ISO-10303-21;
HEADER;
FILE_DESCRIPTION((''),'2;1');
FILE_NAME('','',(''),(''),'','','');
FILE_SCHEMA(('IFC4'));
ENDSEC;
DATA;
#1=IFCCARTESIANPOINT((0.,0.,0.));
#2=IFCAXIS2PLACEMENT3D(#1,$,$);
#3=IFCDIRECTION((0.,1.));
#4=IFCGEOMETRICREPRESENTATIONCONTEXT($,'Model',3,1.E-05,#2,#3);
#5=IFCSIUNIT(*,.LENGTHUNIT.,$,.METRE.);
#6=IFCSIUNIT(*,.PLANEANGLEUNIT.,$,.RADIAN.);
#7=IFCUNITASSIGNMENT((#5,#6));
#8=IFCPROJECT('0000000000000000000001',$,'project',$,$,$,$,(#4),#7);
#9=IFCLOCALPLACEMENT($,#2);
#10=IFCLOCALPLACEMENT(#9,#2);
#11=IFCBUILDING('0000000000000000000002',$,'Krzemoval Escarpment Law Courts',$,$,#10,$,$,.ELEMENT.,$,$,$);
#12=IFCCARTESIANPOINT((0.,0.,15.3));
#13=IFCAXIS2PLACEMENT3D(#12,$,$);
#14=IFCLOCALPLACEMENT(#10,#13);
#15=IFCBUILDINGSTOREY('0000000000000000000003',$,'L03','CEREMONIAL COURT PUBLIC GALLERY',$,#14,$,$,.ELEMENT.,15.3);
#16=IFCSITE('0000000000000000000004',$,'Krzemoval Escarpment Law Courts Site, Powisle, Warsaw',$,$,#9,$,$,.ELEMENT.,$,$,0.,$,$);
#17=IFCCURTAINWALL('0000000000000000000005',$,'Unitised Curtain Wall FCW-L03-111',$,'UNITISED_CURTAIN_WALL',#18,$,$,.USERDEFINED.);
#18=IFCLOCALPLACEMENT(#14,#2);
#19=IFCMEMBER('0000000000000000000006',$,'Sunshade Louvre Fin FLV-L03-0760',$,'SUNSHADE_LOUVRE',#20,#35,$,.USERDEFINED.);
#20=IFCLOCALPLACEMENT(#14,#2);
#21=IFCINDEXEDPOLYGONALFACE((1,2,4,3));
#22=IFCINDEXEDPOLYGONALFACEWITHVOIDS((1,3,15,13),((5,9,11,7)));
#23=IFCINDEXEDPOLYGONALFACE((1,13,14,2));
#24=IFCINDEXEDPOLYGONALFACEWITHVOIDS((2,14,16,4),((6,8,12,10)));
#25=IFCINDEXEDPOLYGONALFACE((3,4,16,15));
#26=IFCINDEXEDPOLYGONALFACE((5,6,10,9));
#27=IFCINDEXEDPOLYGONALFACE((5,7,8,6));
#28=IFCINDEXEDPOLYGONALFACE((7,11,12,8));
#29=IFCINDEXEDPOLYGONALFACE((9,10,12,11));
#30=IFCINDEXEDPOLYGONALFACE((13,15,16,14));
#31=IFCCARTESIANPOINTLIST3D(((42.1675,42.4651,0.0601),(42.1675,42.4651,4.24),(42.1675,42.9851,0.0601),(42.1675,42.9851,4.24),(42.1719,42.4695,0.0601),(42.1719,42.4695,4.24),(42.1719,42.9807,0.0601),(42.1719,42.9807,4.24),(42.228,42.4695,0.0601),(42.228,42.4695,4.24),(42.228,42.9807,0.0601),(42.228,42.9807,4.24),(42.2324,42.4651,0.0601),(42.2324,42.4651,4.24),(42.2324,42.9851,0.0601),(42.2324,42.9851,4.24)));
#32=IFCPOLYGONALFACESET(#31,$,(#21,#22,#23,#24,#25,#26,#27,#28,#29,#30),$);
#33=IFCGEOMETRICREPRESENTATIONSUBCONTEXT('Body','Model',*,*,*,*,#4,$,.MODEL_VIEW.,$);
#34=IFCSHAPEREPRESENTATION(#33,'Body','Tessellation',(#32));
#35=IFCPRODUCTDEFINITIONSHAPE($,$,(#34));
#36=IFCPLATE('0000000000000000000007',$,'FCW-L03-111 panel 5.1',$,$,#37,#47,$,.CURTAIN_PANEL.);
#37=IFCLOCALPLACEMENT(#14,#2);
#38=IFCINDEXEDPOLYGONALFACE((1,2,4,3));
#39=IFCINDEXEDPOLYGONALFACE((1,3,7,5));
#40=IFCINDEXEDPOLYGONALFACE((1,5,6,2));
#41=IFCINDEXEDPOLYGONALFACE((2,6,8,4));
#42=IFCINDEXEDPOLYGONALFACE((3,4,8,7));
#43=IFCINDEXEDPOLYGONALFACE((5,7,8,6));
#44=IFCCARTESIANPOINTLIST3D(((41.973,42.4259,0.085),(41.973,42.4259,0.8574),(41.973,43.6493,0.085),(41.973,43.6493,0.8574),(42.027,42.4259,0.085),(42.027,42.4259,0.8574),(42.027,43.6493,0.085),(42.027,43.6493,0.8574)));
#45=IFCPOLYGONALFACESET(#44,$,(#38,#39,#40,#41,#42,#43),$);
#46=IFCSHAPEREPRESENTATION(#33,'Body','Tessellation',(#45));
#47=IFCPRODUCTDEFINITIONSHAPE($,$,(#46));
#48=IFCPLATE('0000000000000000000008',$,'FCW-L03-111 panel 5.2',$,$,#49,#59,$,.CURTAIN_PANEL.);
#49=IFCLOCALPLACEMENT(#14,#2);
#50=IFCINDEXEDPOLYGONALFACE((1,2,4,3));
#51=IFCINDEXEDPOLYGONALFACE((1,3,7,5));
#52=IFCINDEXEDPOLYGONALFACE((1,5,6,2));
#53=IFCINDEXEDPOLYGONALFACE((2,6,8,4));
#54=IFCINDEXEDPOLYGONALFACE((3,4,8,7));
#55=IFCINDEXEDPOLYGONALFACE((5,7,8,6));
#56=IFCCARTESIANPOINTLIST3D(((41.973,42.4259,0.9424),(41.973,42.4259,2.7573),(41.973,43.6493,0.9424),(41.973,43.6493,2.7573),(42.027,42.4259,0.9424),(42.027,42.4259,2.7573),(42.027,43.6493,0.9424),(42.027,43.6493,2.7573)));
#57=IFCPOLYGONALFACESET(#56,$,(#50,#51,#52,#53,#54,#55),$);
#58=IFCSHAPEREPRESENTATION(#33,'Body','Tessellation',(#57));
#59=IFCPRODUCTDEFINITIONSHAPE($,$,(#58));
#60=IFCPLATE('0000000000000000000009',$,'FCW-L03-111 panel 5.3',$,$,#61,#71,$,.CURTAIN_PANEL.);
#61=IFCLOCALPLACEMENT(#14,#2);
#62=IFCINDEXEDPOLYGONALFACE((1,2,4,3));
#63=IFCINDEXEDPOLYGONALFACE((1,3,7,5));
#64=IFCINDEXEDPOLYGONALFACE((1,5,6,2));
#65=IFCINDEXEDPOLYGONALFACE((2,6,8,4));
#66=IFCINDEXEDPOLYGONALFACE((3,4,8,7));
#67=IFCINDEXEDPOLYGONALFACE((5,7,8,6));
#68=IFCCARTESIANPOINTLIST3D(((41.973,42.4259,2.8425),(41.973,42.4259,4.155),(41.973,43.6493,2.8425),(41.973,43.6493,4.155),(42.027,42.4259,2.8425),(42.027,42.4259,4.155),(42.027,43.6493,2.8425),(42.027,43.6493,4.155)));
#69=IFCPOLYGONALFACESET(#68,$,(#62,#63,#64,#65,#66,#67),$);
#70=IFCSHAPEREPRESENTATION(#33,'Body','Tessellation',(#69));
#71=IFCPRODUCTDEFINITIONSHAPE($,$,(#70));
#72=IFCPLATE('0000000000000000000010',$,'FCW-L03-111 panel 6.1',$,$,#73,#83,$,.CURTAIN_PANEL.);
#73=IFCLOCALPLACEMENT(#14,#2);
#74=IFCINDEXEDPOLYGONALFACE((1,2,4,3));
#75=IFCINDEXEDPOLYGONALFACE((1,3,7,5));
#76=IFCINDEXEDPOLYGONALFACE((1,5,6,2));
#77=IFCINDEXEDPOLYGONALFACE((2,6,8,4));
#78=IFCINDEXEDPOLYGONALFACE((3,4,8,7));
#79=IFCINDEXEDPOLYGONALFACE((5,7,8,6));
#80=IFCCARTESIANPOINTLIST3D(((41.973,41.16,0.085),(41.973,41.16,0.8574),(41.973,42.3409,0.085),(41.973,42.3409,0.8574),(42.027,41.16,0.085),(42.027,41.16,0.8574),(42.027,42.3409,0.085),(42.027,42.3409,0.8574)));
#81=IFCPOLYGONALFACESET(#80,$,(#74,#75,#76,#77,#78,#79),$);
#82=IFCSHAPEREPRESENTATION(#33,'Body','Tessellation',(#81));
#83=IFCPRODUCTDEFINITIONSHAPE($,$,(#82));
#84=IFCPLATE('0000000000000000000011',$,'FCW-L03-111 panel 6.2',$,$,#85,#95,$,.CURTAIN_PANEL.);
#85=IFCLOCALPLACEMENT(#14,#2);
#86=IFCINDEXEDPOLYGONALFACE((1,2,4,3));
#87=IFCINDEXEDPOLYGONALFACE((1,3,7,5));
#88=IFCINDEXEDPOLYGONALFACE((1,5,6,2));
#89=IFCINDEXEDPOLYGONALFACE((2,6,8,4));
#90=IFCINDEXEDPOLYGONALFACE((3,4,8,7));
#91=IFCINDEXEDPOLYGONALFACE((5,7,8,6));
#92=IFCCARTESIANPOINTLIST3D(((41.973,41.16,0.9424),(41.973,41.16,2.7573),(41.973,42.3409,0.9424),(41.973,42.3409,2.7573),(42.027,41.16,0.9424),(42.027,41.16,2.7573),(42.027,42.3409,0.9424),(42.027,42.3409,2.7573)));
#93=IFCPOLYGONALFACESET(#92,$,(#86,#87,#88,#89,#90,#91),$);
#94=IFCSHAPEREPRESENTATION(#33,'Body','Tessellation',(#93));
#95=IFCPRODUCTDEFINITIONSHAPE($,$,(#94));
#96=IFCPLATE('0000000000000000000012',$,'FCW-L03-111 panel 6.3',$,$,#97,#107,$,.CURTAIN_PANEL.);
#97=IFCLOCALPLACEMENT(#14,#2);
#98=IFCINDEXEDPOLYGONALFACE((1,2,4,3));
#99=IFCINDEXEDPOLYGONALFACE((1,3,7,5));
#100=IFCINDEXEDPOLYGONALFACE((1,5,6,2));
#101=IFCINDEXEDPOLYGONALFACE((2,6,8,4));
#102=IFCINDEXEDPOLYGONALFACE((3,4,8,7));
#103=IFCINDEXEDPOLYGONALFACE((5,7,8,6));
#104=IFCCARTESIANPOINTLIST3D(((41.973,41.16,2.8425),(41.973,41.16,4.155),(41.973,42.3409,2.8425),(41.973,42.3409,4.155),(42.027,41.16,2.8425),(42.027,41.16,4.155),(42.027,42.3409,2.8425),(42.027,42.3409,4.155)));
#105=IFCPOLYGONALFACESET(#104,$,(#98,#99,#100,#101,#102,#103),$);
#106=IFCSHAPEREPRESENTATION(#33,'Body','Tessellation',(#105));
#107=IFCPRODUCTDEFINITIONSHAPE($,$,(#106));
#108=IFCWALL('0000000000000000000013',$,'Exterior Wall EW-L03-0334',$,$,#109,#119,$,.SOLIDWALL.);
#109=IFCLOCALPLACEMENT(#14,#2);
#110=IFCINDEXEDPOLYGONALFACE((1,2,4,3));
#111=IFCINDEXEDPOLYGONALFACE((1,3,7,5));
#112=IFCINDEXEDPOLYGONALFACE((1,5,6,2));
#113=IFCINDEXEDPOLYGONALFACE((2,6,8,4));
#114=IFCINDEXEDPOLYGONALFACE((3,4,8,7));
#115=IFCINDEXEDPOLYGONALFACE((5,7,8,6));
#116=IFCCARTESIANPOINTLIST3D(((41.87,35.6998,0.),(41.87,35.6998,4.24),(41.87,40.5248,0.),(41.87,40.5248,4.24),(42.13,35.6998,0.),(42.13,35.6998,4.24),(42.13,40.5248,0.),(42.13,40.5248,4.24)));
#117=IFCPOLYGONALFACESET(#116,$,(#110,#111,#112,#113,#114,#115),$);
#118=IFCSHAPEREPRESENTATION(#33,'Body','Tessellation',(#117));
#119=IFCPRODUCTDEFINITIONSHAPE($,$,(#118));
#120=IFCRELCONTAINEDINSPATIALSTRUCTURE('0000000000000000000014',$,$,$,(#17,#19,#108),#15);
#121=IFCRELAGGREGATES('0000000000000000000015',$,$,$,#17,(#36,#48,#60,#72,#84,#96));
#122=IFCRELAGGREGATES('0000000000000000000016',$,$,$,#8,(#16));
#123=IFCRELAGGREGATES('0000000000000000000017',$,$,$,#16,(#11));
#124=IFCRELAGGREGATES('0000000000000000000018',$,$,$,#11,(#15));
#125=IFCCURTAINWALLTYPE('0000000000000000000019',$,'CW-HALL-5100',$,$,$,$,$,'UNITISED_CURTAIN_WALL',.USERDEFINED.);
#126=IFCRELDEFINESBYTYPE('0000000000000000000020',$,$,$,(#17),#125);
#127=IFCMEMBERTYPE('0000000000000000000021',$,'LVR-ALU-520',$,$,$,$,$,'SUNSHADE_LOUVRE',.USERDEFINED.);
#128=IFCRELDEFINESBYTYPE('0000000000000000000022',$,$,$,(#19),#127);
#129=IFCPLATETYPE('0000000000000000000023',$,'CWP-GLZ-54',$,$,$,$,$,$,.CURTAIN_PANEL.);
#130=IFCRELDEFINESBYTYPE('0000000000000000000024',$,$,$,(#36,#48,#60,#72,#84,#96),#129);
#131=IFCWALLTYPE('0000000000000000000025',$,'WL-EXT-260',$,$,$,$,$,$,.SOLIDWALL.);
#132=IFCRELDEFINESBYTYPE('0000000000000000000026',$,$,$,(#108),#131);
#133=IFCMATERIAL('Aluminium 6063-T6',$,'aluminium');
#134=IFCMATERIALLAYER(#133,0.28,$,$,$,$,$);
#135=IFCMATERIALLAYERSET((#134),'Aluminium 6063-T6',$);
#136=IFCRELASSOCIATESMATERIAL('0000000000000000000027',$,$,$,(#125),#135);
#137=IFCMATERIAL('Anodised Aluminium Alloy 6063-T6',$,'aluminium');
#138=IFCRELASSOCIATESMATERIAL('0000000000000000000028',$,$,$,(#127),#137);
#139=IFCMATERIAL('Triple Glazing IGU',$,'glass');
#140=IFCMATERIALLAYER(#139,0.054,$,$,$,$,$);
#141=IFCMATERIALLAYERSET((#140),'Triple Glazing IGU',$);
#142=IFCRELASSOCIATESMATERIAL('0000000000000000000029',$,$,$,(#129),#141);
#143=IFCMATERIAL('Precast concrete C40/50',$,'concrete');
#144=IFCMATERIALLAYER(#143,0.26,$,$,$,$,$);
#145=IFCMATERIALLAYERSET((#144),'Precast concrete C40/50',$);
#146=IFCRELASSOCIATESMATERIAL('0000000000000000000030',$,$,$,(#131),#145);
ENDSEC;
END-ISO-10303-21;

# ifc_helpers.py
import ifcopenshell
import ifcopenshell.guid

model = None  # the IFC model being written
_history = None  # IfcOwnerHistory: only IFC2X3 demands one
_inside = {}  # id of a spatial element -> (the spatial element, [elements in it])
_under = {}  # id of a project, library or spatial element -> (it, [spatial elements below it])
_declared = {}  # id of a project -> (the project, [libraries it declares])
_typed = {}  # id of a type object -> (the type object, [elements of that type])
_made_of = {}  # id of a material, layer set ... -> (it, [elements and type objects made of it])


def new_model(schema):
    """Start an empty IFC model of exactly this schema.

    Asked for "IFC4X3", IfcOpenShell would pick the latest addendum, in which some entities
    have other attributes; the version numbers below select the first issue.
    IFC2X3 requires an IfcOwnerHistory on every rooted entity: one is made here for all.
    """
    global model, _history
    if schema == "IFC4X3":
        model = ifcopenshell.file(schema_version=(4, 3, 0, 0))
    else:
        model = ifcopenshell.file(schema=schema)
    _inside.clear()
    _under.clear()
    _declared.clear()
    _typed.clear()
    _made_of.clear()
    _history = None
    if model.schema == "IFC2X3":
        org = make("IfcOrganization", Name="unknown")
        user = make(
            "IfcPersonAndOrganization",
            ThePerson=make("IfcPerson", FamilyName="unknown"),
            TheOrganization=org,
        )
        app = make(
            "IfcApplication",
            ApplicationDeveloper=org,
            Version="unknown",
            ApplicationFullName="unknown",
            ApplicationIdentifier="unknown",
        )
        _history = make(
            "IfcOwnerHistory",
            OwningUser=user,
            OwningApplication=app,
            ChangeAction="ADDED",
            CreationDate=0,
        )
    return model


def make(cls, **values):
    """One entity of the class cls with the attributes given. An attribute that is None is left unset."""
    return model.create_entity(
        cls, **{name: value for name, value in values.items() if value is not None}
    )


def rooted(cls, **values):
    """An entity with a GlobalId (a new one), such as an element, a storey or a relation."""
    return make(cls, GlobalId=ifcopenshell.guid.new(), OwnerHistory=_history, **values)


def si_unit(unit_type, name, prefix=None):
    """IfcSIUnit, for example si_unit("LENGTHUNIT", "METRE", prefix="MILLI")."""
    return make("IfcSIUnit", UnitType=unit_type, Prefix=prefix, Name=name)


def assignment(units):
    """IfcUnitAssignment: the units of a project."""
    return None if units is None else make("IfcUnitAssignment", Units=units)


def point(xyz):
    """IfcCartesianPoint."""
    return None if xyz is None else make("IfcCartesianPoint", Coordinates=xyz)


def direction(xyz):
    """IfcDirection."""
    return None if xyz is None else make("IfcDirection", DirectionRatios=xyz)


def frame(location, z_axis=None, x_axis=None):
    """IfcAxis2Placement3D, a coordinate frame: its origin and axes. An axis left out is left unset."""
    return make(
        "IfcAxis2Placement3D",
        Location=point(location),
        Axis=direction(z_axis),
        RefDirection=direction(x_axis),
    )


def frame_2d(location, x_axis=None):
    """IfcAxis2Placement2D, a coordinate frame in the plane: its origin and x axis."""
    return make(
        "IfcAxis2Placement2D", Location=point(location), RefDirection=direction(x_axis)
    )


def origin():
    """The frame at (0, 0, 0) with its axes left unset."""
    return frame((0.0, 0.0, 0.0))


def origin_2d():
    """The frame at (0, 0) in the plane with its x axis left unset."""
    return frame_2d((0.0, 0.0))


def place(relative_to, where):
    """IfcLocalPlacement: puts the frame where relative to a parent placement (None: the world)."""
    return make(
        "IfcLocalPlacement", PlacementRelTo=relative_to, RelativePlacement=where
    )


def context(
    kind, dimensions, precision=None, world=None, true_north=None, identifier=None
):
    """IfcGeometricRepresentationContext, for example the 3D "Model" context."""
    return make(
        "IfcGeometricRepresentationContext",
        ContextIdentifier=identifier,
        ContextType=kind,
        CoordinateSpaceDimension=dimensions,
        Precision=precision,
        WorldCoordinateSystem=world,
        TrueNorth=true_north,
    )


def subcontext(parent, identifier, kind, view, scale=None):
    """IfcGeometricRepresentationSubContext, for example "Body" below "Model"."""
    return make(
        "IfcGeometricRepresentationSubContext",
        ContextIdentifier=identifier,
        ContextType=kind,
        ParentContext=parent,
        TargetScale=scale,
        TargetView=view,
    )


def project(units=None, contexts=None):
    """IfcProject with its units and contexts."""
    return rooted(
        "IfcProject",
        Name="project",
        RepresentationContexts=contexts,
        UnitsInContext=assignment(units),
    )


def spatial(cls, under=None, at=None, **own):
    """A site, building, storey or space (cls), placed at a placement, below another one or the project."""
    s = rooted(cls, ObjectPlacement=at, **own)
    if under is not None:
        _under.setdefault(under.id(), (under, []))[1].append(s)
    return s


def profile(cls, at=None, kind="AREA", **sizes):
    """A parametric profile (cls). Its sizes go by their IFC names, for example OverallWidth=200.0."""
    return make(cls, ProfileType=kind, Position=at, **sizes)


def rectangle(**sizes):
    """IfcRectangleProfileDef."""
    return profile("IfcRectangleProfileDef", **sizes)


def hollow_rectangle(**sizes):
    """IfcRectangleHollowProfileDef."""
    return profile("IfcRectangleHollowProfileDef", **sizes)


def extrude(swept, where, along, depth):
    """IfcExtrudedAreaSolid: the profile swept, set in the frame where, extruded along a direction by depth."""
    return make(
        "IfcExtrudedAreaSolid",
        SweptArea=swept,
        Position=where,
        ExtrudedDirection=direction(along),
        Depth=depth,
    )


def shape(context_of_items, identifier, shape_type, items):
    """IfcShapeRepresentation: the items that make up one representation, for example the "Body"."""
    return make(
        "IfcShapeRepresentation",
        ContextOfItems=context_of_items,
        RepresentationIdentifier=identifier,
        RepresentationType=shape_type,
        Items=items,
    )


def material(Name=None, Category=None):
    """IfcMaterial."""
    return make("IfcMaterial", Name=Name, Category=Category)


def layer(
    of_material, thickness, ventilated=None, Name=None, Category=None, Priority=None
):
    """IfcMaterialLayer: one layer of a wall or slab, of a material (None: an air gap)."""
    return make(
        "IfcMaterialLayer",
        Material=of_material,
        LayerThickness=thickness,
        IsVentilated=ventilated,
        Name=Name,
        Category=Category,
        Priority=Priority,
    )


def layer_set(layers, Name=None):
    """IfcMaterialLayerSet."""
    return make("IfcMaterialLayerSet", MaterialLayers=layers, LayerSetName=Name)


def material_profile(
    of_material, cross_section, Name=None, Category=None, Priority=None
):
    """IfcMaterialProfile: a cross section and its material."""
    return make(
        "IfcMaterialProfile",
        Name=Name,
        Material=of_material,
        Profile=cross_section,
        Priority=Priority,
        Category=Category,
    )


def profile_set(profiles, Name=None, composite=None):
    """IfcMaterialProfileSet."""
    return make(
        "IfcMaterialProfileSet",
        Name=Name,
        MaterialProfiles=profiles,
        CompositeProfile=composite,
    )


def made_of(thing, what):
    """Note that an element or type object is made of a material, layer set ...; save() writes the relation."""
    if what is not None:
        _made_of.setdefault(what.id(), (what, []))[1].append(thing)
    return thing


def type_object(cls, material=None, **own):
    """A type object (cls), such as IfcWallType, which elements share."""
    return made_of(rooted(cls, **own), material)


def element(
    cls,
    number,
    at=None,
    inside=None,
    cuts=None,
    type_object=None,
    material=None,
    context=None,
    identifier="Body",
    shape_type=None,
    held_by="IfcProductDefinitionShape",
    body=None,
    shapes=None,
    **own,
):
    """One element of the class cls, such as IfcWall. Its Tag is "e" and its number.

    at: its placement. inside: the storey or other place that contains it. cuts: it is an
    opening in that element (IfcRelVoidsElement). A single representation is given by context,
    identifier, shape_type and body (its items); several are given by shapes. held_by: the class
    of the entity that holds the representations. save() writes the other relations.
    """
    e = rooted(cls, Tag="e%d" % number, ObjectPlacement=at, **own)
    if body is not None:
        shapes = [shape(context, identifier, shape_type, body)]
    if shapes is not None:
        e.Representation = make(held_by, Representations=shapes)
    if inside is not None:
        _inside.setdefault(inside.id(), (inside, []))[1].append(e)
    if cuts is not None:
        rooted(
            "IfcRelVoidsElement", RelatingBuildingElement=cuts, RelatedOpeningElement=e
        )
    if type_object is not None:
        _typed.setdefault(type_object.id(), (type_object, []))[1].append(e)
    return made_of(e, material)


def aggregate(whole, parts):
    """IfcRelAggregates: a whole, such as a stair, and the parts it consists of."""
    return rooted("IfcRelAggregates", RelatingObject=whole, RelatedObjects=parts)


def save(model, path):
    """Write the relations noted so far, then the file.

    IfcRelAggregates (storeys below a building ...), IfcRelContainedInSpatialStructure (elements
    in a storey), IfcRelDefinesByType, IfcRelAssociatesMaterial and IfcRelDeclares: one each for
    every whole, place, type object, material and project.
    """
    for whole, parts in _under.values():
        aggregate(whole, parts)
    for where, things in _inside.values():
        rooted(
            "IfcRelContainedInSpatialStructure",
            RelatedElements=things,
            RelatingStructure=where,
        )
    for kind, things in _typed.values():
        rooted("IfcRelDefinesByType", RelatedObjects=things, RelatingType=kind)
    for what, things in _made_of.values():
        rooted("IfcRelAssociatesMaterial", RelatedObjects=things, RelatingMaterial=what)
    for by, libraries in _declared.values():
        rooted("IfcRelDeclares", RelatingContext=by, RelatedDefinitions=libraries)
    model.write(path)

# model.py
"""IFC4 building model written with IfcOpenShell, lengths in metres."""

from ifc_helpers import new_model, si_unit, direction, frame, frame_2d, origin, origin_2d, place, context, subcontext, project, spatial, rectangle, hollow_rectangle, extrude, material, layer, layer_set, material_profile, profile_set, type_object, element, aggregate, save


model = new_model("IFC4")

# Units and contexts
model_context = context("Model", 3, precision=1e-05, world=origin(), true_north=direction((0.0, 1.0)))
body_context = subcontext(model_context, "Body", "Model", "MODEL_VIEW")
ifc_project = project(units=[si_unit("LENGTHUNIT", "METRE"), si_unit("PLANEANGLEUNIT", "RADIAN")], contexts=[model_context])

# Site, building, storey
site_placement = place(None, origin())
site = spatial("IfcSite", under=ifc_project, at=site_placement, Name="Krzemoval Escarpment Law Courts Site, Powisle, Warsaw", CompositionType="ELEMENT", RefElevation=0.0)
building_placement = place(site_placement, origin())
building = spatial("IfcBuilding", under=site, at=building_placement, Name="Krzemoval Escarpment Law Courts", CompositionType="ELEMENT")
storey_placement = place(building_placement, frame((0.0, 0.0, 15.3)))
storey = spatial("IfcBuildingStorey", under=building, at=storey_placement, Name="L03", Description="CEREMONIAL COURT PUBLIC GALLERY", CompositionType="ELEMENT", Elevation=15.3)

# Curtain wall
ifc_material_1 = material(Name="Aluminium 6063-T6", Category="aluminium")
ifc_layer_1 = layer(ifc_material_1, 0.28)
ifc_layer_set_1 = layer_set([ifc_layer_1], Name="Aluminium 6063-T6")
curtain_wall_type = type_object("IfcCurtainWallType", Name="CW-HALL-5100", ElementType="UNITISED_CURTAIN_WALL", PredefinedType="USERDEFINED", material=ifc_layer_set_1)
curtain_wall_placement = place(storey_placement, origin())
curtain_wall = element("IfcCurtainWall", 1, at=curtain_wall_placement, inside=storey, type_object=curtain_wall_type, Name="Unitised Curtain Wall FCW-L03-111", ObjectType="UNITISED_CURTAIN_WALL", PredefinedType="USERDEFINED")

# Member
ifc_material_2 = material(Name="Anodised Aluminium Alloy 6063-T6", Category="aluminium")
ifc_material_profile_1 = material_profile(ifc_material_2, hollow_rectangle(XDim=0.0649, YDim=0.52, WallThickness=0.0044, at=origin_2d()), Name="ALU LVR 65x520")
ifc_profile_set_1 = profile_set([ifc_material_profile_1], Name="Anodised Aluminium Alloy 6063-T6")
member_type_1 = type_object("IfcMemberType", Name="LVR-ALU-520", ElementType="SUNSHADE_LOUVRE", PredefinedType="USERDEFINED", material=ifc_profile_set_1)
for number, where, z_axis, x_axis, name in (
    (2, (42.2, 42.7251, 0.0601), (0.0, 0.0, 1.0), (1.0, 0.0, 0.0), "Sunshade Louvre Fin FLV-L03-0760"),
):
    element("IfcMember", number, at=place(storey_placement, frame(where, z_axis=z_axis, x_axis=x_axis)), inside=storey, type_object=member_type_1, Name=name, ObjectType="SUNSHADE_LOUVRE", PredefinedType="USERDEFINED", context=body_context, shape_type="SweptSolid", body=[
        extrude(hollow_rectangle(XDim=0.0649, YDim=0.52, WallThickness=0.0044, at=origin_2d()), origin(), (0.0, 0.0, 1.0), 4.1799),
    ])

# Plates
ifc_material_3 = material(Name="Triple Glazing IGU", Category="glass")
ifc_layer_2 = layer(ifc_material_3, 0.054)
ifc_layer_set_2 = layer_set([ifc_layer_2], Name="Triple Glazing IGU")
plate_type = type_object("IfcPlateType", Name="CWP-GLZ-54", PredefinedType="CURTAIN_PANEL", material=ifc_layer_set_2)
plate_1_placement = place(storey_placement, frame((42.0, 43.0376, 0.085), z_axis=(0.0, 0.0, 1.0), x_axis=(0.0, -1.0, 0.0)))
plate_1 = element("IfcPlate", 3, at=plate_1_placement, type_object=plate_type, Name="FCW-L03-111 panel 5.1", PredefinedType="CURTAIN_PANEL", context=body_context, shape_type="SweptSolid", body=[
    extrude(rectangle(XDim=1.2234, YDim=0.054, at=origin_2d()), origin(), (0.0, 0.0, 1.0), 0.7725),
])
plate_2_placement = place(storey_placement, frame((42.0, 43.0376, 0.9424), z_axis=(0.0, 0.0, 1.0), x_axis=(0.0, -1.0, 0.0)))
plate_2 = element("IfcPlate", 4, at=plate_2_placement, type_object=plate_type, Name="FCW-L03-111 panel 5.2", PredefinedType="CURTAIN_PANEL", context=body_context, shape_type="SweptSolid", body=[
    extrude(rectangle(XDim=1.2234, YDim=0.054, at=origin_2d()), origin(), (0.0, 0.0, 1.0), 1.8149),
])
plate_3_placement = place(storey_placement, frame((42.0, 43.0376, 2.8425), z_axis=(0.0, 0.0, 1.0), x_axis=(0.0, -1.0, 0.0)))
plate_3 = element("IfcPlate", 5, at=plate_3_placement, type_object=plate_type, Name="FCW-L03-111 panel 5.3", PredefinedType="CURTAIN_PANEL", context=body_context, shape_type="SweptSolid", body=[
    extrude(rectangle(XDim=1.2234, YDim=0.054, at=origin_2d()), origin(), (0.0, 0.0, 1.0), 1.3125),
])
plate_4_placement = place(storey_placement, frame((42.0, 41.7505, 0.085), z_axis=(0.0, 0.0, 1.0), x_axis=(0.0, -1.0, 0.0)))
plate_4 = element("IfcPlate", 6, at=plate_4_placement, type_object=plate_type, Name="FCW-L03-111 panel 6.1", PredefinedType="CURTAIN_PANEL", context=body_context, shape_type="SweptSolid", body=[
    extrude(rectangle(XDim=1.1809, YDim=0.054, at=origin_2d()), origin(), (0.0, 0.0, 1.0), 0.7725),
])
plate_5_placement = place(storey_placement, frame((42.0, 41.7505, 0.9424), z_axis=(0.0, 0.0, 1.0), x_axis=(0.0, -1.0, 0.0)))
plate_5 = element("IfcPlate", 7, at=plate_5_placement, type_object=plate_type, Name="FCW-L03-111 panel 6.2", PredefinedType="CURTAIN_PANEL", context=body_context, shape_type="SweptSolid", body=[
    extrude(rectangle(XDim=1.1809, YDim=0.054, at=origin_2d()), origin(), (0.0, 0.0, 1.0), 1.8149),
])
plate_6_placement = place(storey_placement, frame((42.0, 41.7505, 2.8425), z_axis=(0.0, 0.0, 1.0), x_axis=(0.0, -1.0, 0.0)))
plate_6 = element("IfcPlate", 8, at=plate_6_placement, type_object=plate_type, Name="FCW-L03-111 panel 6.3", PredefinedType="CURTAIN_PANEL", context=body_context, shape_type="SweptSolid", body=[
    extrude(rectangle(XDim=1.1809, YDim=0.054, at=origin_2d()), origin(), (0.0, 0.0, 1.0), 1.3125),
])
aggregate(curtain_wall, [plate_1, plate_2, plate_3, plate_4, plate_5, plate_6])

# Wall
ifc_material_4 = material(Name="Precast concrete C40/50", Category="concrete")
ifc_layer_3 = layer(ifc_material_4, 0.26)
ifc_layer_set_3 = layer_set([ifc_layer_3], Name="Precast concrete C40/50")
wall_type = type_object("IfcWallType", Name="WL-EXT-260", PredefinedType="SOLIDWALL", material=ifc_layer_set_3)
wall_placement = place(storey_placement, frame((42.0, 40.5249, 0.0), z_axis=(0.0, 0.0, 1.0), x_axis=(0.0, -1.0, 0.0)))
element("IfcWall", 9, at=wall_placement, inside=storey, type_object=wall_type, Name="Exterior Wall EW-L03-0334", PredefinedType="SOLIDWALL", context=body_context, shape_type="SweptSolid", body=[
    extrude(rectangle(XDim=4.825, YDim=0.26, at=frame_2d((2.4126, 0.0))), origin(), (0.0, 0.0, 1.0), 4.24),
])

save(model, "model.ifc")
